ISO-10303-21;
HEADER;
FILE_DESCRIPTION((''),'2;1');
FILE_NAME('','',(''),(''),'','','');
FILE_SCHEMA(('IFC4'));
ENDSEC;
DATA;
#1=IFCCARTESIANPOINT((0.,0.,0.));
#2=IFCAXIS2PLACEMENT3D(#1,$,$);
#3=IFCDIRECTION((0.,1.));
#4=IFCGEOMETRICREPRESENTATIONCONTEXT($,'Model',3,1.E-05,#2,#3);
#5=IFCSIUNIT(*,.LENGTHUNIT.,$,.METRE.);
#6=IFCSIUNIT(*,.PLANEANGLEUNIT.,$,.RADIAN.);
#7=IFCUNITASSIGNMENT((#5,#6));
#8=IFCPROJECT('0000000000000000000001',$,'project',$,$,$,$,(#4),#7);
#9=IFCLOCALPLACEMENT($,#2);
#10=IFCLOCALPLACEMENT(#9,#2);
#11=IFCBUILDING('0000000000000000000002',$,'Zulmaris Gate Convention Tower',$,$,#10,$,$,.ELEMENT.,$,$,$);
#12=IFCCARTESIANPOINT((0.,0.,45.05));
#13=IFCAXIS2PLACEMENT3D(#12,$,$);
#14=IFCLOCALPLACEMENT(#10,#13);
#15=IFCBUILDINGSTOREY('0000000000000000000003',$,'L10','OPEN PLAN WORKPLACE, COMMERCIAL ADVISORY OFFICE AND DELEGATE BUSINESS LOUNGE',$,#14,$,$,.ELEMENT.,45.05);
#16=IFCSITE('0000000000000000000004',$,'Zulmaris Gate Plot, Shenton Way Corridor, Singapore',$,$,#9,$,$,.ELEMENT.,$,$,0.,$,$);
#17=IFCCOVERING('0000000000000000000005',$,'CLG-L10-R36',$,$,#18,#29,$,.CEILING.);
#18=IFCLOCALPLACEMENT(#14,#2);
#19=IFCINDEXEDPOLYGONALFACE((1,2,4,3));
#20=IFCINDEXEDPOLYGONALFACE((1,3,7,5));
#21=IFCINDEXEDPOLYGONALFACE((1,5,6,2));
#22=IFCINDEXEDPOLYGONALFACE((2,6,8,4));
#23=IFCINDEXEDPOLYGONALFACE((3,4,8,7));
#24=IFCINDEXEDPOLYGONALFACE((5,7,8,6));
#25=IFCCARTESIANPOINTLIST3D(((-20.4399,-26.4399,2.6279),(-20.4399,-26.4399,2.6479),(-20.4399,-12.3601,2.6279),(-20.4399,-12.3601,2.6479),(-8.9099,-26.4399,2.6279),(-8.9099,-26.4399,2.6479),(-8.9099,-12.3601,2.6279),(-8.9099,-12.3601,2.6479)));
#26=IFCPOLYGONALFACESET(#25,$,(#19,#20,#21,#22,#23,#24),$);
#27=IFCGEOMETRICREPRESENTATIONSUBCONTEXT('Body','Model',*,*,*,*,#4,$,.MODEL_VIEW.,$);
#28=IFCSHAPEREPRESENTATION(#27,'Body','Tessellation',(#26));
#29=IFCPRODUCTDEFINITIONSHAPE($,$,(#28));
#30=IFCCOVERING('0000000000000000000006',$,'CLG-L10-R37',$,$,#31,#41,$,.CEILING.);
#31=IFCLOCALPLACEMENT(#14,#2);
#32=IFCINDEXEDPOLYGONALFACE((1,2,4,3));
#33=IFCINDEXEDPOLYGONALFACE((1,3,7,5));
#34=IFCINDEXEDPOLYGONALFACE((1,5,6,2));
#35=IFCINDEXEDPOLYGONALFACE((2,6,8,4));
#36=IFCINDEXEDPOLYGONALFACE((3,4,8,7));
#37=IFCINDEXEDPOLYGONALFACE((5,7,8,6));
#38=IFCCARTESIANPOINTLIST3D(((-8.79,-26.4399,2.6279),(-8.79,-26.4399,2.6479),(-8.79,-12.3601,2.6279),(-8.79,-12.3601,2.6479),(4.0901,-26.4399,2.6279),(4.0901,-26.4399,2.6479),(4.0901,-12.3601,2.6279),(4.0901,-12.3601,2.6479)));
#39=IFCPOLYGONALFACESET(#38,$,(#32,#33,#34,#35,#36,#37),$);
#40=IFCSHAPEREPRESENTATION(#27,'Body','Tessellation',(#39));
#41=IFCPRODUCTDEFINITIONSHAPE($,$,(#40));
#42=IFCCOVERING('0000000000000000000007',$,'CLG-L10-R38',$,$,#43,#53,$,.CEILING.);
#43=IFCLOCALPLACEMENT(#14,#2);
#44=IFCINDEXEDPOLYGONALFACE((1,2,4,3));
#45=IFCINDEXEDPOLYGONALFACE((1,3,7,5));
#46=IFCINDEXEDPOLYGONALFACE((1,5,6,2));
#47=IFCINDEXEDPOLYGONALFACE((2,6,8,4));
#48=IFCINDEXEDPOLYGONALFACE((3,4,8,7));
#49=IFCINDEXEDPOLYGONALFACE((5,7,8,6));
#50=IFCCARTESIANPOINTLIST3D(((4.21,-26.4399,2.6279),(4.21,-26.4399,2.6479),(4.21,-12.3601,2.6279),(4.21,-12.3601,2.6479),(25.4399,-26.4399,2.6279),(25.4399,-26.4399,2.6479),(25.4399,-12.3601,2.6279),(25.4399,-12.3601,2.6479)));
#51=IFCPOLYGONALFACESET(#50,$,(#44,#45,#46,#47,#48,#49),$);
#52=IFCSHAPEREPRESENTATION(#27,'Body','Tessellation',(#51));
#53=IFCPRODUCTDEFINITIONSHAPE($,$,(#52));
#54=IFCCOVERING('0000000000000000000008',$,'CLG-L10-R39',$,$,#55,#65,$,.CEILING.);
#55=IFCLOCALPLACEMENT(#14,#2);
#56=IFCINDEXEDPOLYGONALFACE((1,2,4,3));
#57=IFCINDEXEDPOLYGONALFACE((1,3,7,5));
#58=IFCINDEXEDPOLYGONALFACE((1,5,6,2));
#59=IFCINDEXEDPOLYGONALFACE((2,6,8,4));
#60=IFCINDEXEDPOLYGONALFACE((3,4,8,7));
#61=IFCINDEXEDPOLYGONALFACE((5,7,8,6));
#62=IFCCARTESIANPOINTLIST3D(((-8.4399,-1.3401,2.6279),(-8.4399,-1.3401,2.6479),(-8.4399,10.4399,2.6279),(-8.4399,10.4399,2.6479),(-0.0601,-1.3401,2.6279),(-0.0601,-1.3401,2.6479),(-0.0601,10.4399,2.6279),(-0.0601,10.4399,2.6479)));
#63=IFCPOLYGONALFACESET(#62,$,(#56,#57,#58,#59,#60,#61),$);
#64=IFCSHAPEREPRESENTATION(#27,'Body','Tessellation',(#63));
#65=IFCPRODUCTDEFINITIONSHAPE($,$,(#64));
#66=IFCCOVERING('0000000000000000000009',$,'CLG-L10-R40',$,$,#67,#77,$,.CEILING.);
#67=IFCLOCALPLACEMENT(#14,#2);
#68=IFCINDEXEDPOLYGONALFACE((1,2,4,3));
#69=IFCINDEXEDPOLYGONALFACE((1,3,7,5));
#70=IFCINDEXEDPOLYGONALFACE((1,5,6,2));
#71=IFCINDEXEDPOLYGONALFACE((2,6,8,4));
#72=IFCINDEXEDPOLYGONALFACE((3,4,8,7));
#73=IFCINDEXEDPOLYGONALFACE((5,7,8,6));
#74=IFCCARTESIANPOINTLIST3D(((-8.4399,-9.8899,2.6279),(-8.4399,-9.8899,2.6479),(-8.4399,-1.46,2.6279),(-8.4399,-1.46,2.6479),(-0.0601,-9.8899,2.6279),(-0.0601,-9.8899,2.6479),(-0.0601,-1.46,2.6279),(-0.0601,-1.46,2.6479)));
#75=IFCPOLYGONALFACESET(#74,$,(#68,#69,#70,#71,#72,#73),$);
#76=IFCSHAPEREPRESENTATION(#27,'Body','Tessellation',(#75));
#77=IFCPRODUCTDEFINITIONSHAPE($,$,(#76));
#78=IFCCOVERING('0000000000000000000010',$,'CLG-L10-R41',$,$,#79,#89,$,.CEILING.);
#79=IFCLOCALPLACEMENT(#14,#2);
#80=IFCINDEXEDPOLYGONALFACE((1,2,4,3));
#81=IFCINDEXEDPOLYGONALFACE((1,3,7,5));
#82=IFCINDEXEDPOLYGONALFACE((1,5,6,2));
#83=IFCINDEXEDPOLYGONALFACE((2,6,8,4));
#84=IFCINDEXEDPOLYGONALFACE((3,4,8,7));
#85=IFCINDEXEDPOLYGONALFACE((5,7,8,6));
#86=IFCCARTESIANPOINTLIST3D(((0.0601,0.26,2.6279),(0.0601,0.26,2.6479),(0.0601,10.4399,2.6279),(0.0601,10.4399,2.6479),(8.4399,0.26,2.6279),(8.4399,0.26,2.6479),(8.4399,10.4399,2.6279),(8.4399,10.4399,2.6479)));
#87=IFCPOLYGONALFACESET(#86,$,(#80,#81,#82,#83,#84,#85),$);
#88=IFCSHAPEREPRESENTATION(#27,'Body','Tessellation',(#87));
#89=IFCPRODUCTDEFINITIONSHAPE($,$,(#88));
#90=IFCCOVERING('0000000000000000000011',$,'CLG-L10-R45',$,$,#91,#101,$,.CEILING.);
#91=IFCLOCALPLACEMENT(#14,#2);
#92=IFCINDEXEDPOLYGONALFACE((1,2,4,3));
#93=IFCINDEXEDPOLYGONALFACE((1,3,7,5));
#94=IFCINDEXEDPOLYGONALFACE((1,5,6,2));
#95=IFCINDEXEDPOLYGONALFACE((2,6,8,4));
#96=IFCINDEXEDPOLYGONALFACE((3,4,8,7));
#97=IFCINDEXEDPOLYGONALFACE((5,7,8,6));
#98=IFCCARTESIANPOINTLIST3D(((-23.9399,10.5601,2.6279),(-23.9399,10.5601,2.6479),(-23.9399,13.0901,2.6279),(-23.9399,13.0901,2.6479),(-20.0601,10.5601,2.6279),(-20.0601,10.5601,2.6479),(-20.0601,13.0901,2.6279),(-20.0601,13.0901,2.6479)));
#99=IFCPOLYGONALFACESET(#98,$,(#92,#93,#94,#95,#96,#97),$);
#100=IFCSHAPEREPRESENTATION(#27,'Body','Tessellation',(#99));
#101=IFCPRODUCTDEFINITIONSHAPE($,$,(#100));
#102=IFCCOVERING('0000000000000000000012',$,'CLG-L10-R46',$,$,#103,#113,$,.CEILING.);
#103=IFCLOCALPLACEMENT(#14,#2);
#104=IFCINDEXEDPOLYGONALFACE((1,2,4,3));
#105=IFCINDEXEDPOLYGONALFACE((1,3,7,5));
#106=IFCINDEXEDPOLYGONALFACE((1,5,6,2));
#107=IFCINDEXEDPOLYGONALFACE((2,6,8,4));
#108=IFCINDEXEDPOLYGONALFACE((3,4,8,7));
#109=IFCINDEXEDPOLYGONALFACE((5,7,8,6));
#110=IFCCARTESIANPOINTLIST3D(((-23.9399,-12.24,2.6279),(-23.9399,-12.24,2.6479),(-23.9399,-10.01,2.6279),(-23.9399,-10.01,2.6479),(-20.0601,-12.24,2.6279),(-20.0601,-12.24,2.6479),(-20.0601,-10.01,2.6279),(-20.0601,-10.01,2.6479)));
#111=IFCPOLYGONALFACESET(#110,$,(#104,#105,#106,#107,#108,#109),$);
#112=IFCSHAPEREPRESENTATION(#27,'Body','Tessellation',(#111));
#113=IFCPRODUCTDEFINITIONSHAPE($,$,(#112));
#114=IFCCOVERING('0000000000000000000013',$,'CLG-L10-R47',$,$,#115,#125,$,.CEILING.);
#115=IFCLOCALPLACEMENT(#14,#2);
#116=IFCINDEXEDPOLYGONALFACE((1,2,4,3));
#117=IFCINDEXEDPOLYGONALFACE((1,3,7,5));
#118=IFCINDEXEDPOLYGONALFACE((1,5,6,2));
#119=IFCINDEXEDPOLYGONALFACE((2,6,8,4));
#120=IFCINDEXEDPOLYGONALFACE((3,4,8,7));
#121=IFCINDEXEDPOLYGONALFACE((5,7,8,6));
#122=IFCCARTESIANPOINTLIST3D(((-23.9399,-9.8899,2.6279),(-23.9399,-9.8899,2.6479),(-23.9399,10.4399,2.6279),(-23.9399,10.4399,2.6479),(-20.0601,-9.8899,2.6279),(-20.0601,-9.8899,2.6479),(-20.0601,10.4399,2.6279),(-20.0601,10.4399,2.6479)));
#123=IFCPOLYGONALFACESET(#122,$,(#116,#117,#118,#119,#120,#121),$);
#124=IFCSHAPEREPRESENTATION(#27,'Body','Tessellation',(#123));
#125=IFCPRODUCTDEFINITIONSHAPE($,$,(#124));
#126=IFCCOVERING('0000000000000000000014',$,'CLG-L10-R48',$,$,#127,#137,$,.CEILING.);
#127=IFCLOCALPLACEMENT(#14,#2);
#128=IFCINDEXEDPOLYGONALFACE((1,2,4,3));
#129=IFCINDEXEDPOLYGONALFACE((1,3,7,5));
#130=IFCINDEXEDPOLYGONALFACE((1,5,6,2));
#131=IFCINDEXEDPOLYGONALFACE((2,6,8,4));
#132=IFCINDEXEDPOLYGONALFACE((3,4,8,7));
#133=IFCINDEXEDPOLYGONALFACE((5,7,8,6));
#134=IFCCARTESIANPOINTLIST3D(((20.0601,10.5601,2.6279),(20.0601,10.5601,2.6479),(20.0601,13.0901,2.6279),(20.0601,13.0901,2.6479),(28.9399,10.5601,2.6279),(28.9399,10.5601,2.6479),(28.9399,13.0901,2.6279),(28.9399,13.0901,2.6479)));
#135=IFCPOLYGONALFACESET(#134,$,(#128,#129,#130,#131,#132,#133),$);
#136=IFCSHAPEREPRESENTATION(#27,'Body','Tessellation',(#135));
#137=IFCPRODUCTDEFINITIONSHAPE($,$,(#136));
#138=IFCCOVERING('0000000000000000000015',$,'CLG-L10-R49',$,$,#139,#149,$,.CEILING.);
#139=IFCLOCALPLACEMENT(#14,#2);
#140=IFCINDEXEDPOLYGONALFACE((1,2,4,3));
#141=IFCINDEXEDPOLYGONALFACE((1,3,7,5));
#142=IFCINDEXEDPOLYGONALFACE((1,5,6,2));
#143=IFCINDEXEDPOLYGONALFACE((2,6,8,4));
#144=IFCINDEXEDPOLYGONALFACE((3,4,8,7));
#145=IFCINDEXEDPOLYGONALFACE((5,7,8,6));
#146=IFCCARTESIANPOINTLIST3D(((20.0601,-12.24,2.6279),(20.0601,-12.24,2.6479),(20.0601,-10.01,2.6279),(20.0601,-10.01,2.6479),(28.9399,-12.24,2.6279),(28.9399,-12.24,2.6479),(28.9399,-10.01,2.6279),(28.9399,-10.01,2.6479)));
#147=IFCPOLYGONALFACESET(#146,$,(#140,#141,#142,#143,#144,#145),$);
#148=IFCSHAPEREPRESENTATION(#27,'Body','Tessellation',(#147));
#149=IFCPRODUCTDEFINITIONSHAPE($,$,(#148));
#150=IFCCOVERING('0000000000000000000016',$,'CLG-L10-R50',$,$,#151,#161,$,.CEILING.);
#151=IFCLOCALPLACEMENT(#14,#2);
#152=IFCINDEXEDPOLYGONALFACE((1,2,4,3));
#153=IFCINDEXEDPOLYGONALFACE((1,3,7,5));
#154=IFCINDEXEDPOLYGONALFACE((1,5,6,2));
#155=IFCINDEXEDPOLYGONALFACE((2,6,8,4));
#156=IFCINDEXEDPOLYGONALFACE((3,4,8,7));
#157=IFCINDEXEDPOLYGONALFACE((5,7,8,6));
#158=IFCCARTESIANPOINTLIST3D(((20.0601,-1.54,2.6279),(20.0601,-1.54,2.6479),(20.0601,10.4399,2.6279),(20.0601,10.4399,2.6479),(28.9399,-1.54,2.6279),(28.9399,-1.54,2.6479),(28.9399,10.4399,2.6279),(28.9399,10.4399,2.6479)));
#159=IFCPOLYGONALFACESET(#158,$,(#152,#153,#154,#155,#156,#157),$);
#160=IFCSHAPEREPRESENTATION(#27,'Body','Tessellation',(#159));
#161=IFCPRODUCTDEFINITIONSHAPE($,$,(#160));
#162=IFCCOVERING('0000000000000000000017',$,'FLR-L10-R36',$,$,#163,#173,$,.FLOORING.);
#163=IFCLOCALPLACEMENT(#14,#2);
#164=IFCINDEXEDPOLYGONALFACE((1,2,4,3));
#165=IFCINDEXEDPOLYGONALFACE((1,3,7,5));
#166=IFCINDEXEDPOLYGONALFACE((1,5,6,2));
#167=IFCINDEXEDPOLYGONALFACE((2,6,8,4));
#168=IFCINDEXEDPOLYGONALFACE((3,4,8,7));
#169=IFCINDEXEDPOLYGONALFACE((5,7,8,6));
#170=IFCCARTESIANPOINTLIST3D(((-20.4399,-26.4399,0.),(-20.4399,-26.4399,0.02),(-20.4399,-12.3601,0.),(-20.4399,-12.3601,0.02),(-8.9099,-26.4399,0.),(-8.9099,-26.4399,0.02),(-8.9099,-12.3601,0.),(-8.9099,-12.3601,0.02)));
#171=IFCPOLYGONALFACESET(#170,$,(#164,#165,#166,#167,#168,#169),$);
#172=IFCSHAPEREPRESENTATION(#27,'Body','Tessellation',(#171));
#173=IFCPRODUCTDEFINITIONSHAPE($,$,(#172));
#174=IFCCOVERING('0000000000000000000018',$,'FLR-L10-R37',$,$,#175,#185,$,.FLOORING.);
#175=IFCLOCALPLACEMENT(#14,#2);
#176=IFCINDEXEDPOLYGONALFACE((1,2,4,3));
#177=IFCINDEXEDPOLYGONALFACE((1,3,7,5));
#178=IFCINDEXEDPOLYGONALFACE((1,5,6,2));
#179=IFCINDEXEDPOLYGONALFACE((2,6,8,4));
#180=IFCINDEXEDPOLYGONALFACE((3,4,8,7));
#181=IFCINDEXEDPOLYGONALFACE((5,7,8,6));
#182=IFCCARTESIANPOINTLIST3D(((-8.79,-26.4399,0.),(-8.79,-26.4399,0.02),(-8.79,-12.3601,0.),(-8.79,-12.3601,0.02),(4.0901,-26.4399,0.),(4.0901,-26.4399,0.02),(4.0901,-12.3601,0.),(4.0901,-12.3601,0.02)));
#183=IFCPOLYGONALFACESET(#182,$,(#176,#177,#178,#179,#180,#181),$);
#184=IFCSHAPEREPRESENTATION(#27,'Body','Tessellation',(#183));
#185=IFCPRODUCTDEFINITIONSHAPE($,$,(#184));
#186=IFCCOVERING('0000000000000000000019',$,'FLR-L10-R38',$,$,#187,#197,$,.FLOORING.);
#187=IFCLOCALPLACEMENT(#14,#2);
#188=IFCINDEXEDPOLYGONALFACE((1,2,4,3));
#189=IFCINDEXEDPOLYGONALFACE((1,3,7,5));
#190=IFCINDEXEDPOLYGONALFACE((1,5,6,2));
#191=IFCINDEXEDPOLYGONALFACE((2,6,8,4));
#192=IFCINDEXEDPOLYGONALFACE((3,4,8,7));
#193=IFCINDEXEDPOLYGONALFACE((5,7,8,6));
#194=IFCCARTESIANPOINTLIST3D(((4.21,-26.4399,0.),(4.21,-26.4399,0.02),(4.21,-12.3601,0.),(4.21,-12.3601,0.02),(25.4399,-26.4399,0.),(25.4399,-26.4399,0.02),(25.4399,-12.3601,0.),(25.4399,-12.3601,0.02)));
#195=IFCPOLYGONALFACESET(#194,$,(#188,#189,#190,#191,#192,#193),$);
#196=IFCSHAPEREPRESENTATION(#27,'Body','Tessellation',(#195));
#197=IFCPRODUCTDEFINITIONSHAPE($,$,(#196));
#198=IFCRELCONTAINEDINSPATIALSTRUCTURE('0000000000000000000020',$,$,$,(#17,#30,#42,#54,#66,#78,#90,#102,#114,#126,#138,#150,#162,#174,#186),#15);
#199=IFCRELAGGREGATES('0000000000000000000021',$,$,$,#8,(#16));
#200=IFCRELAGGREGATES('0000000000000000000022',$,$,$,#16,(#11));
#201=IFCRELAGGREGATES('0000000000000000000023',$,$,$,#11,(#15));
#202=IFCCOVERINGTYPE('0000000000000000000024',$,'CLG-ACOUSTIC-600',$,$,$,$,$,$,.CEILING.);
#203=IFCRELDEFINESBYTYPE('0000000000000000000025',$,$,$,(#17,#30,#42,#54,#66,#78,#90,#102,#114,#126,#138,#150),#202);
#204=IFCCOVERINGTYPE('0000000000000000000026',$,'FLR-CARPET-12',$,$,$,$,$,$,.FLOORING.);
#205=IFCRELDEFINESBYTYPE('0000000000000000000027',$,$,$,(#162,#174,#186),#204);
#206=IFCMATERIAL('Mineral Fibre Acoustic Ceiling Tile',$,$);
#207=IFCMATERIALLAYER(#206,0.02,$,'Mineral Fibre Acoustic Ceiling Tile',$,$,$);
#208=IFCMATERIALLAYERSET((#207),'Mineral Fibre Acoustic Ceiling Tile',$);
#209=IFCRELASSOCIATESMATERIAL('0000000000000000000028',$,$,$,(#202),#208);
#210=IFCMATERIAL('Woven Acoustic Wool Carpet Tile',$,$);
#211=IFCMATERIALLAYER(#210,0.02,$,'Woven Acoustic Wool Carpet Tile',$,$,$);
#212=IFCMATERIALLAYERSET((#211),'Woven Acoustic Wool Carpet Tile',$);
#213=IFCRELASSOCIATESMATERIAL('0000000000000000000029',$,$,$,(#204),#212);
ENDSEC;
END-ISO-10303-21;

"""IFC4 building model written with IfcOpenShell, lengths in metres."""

from ifc_helpers import new_model, si_unit, direction, frame, origin, place, context, subcontext, project, spatial, polyline, outline, extrude, material, layer, layer_set, type_object, element, save


model = new_model("IFC4")

# Units and contexts
model_context = context("Model", 3, precision=1e-05, world=origin(), true_north=direction((0.0, 1.0)))
body_context = subcontext(model_context, "Body", "Model", "MODEL_VIEW")
ifc_project = project(units=[si_unit("LENGTHUNIT", "METRE"), si_unit("PLANEANGLEUNIT", "RADIAN")], contexts=[model_context])

# Site, building, storey
site_placement = place(None, origin())
site = spatial("IfcSite", under=ifc_project, at=site_placement, Name="Zulmaris Gate Plot, Shenton Way Corridor, Singapore", CompositionType="ELEMENT", RefElevation=0.0)
building_placement = place(site_placement, origin())
building = spatial("IfcBuilding", under=site, at=building_placement, Name="Zulmaris Gate Convention Tower", CompositionType="ELEMENT")
storey_placement = place(building_placement, frame((0.0, 0.0, 45.05)))
storey = spatial("IfcBuildingStorey", under=building, at=storey_placement, Name="L10", Description="OPEN PLAN WORKPLACE, COMMERCIAL ADVISORY OFFICE AND DELEGATE BUSINESS LOUNGE", CompositionType="ELEMENT", Elevation=45.05)

# Coverings
ifc_material_1 = material(Name="Mineral Fibre Acoustic Ceiling Tile")
ifc_layer_1 = layer(ifc_material_1, 0.02, Name="Mineral Fibre Acoustic Ceiling Tile")
ifc_layer_set_1 = layer_set([ifc_layer_1], Name="Mineral Fibre Acoustic Ceiling Tile")
covering_type_1 = type_object("IfcCoveringType", Name="CLG-ACOUSTIC-600", PredefinedType="CEILING", material=ifc_layer_set_1)
covering_1_placement = place(storey_placement, frame((0.0, 0.0, 2.6279)))
element("IfcCovering", 1, at=covering_1_placement, inside=storey, type_object=covering_type_1, Name="CLG-L10-R36", PredefinedType="CEILING", context=body_context, shape_type="SweptSolid", body=[
    extrude(outline(polyline([(-20.4399, -26.4399), (-8.9099, -26.4399), (-8.9099, -12.3601), (-20.4399, -12.3601), (-20.4399, -26.4399)])), origin(), (0.0, 0.0, 1.0), 0.02),
])
covering_2_placement = place(storey_placement, frame((0.0, 0.0, 2.6279)))
element("IfcCovering", 2, at=covering_2_placement, inside=storey, type_object=covering_type_1, Name="CLG-L10-R37", PredefinedType="CEILING", context=body_context, shape_type="SweptSolid", body=[
    extrude(outline(polyline([(-8.79, -26.4399), (4.0901, -26.4399), (4.0901, -12.3601), (-8.79, -12.3601), (-8.79, -26.4399)])), origin(), (0.0, 0.0, 1.0), 0.02),
])
covering_3_placement = place(storey_placement, frame((0.0, 0.0, 2.6279)))
element("IfcCovering", 3, at=covering_3_placement, inside=storey, type_object=covering_type_1, Name="CLG-L10-R38", PredefinedType="CEILING", context=body_context, shape_type="SweptSolid", body=[
    extrude(outline(polyline([(4.21, -26.4399), (25.4399, -26.4399), (25.4399, -12.3601), (4.21, -12.3601), (4.21, -26.4399)])), origin(), (0.0, 0.0, 1.0), 0.02),
])
covering_4_placement = place(storey_placement, frame((0.0, 0.0, 2.6279)))
element("IfcCovering", 4, at=covering_4_placement, inside=storey, type_object=covering_type_1, Name="CLG-L10-R39", PredefinedType="CEILING", context=body_context, shape_type="SweptSolid", body=[
    extrude(outline(polyline([(-8.4399, -1.3401), (-0.0601, -1.3401), (-0.0601, 10.4399), (-8.4399, 10.4399), (-8.4399, -1.3401)])), origin(), (0.0, 0.0, 1.0), 0.02),
])
covering_5_placement = place(storey_placement, frame((0.0, 0.0, 2.6279)))
element("IfcCovering", 5, at=covering_5_placement, inside=storey, type_object=covering_type_1, Name="CLG-L10-R40", PredefinedType="CEILING", context=body_context, shape_type="SweptSolid", body=[
    extrude(outline(polyline([(-8.4399, -9.8899), (-0.0601, -9.8899), (-0.0601, -1.46), (-8.4399, -1.46), (-8.4399, -9.8899)])), origin(), (0.0, 0.0, 1.0), 0.02),
])
covering_6_placement = place(storey_placement, frame((0.0, 0.0, 2.6279)))
element("IfcCovering", 6, at=covering_6_placement, inside=storey, type_object=covering_type_1, Name="CLG-L10-R41", PredefinedType="CEILING", context=body_context, shape_type="SweptSolid", body=[
    extrude(outline(polyline([(0.0601, 0.26), (8.4399, 0.26), (8.4399, 10.4399), (0.0601, 10.4399), (0.0601, 0.26)])), origin(), (0.0, 0.0, 1.0), 0.02),
])
covering_7_placement = place(storey_placement, frame((0.0, 0.0, 2.6279)))
element("IfcCovering", 7, at=covering_7_placement, inside=storey, type_object=covering_type_1, Name="CLG-L10-R45", PredefinedType="CEILING", context=body_context, shape_type="SweptSolid", body=[
    extrude(outline(polyline([(-23.9399, 10.5601), (-20.0601, 10.5601), (-20.0601, 13.0901), (-23.9399, 13.0901), (-23.9399, 10.5601)])), origin(), (0.0, 0.0, 1.0), 0.02),
])
covering_8_placement = place(storey_placement, frame((0.0, 0.0, 2.6279)))
element("IfcCovering", 8, at=covering_8_placement, inside=storey, type_object=covering_type_1, Name="CLG-L10-R46", PredefinedType="CEILING", context=body_context, shape_type="SweptSolid", body=[
    extrude(outline(polyline([(-23.9399, -12.24), (-20.0601, -12.24), (-20.0601, -10.01), (-23.9399, -10.01), (-23.9399, -12.24)])), origin(), (0.0, 0.0, 1.0), 0.02),
])
covering_9_placement = place(storey_placement, frame((0.0, 0.0, 2.6279)))
element("IfcCovering", 9, at=covering_9_placement, inside=storey, type_object=covering_type_1, Name="CLG-L10-R47", PredefinedType="CEILING", context=body_context, shape_type="SweptSolid", body=[
    extrude(outline(polyline([(-23.9399, -9.8899), (-20.0601, -9.8899), (-20.0601, 10.4399), (-23.9399, 10.4399), (-23.9399, -9.8899)])), origin(), (0.0, 0.0, 1.0), 0.02),
])
covering_10_placement = place(storey_placement, frame((0.0, 0.0, 2.6279)))
element("IfcCovering", 10, at=covering_10_placement, inside=storey, type_object=covering_type_1, Name="CLG-L10-R48", PredefinedType="CEILING", context=body_context, shape_type="SweptSolid", body=[
    extrude(outline(polyline([(20.0601, 10.5601), (28.9399, 10.5601), (28.9399, 13.0901), (20.0601, 13.0901), (20.0601, 10.5601)])), origin(), (0.0, 0.0, 1.0), 0.02),
])
covering_11_placement = place(storey_placement, frame((0.0, 0.0, 2.6279)))
element("IfcCovering", 11, at=covering_11_placement, inside=storey, type_object=covering_type_1, Name="CLG-L10-R49", PredefinedType="CEILING", context=body_context, shape_type="SweptSolid", body=[
    extrude(outline(polyline([(20.0601, -12.24), (28.9399, -12.24), (28.9399, -10.01), (20.0601, -10.01), (20.0601, -12.24)])), origin(), (0.0, 0.0, 1.0), 0.02),
])
covering_12_placement = place(storey_placement, frame((0.0, 0.0, 2.6279)))
element("IfcCovering", 12, at=covering_12_placement, inside=storey, type_object=covering_type_1, Name="CLG-L10-R50", PredefinedType="CEILING", context=body_context, shape_type="SweptSolid", body=[
    extrude(outline(polyline([(20.0601, -1.54), (28.9399, -1.54), (28.9399, 10.4399), (20.0601, 10.4399), (20.0601, -1.54)])), origin(), (0.0, 0.0, 1.0), 0.02),
])
ifc_material_2 = material(Name="Woven Acoustic Wool Carpet Tile")
ifc_layer_2 = layer(ifc_material_2, 0.02, Name="Woven Acoustic Wool Carpet Tile")
ifc_layer_set_2 = layer_set([ifc_layer_2], Name="Woven Acoustic Wool Carpet Tile")
covering_type_2 = type_object("IfcCoveringType", Name="FLR-CARPET-12", PredefinedType="FLOORING", material=ifc_layer_set_2)
covering_13_placement = place(storey_placement, origin())
element("IfcCovering", 13, at=covering_13_placement, inside=storey, type_object=covering_type_2, Name="FLR-L10-R36", PredefinedType="FLOORING", context=body_context, shape_type="SweptSolid", body=[
    extrude(outline(polyline([(-20.4399, -26.4399), (-8.9099, -26.4399), (-8.9099, -12.3601), (-20.4399, -12.3601), (-20.4399, -26.4399)])), origin(), (0.0, 0.0, 1.0), 0.02),
])
covering_14_placement = place(storey_placement, origin())
element("IfcCovering", 14, at=covering_14_placement, inside=storey, type_object=covering_type_2, Name="FLR-L10-R37", PredefinedType="FLOORING", context=body_context, shape_type="SweptSolid", body=[
    extrude(outline(polyline([(-8.79, -26.4399), (4.0901, -26.4399), (4.0901, -12.3601), (-8.79, -12.3601), (-8.79, -26.4399)])), origin(), (0.0, 0.0, 1.0), 0.02),
])
covering_15_placement = place(storey_placement, origin())
element("IfcCovering", 15, at=covering_15_placement, inside=storey, type_object=covering_type_2, Name="FLR-L10-R38", PredefinedType="FLOORING", context=body_context, shape_type="SweptSolid", body=[
    extrude(outline(polyline([(4.21, -26.4399), (25.4399, -26.4399), (25.4399, -12.3601), (4.21, -12.3601), (4.21, -26.4399)])), origin(), (0.0, 0.0, 1.0), 0.02),
])

save(model, "model.ifc")
